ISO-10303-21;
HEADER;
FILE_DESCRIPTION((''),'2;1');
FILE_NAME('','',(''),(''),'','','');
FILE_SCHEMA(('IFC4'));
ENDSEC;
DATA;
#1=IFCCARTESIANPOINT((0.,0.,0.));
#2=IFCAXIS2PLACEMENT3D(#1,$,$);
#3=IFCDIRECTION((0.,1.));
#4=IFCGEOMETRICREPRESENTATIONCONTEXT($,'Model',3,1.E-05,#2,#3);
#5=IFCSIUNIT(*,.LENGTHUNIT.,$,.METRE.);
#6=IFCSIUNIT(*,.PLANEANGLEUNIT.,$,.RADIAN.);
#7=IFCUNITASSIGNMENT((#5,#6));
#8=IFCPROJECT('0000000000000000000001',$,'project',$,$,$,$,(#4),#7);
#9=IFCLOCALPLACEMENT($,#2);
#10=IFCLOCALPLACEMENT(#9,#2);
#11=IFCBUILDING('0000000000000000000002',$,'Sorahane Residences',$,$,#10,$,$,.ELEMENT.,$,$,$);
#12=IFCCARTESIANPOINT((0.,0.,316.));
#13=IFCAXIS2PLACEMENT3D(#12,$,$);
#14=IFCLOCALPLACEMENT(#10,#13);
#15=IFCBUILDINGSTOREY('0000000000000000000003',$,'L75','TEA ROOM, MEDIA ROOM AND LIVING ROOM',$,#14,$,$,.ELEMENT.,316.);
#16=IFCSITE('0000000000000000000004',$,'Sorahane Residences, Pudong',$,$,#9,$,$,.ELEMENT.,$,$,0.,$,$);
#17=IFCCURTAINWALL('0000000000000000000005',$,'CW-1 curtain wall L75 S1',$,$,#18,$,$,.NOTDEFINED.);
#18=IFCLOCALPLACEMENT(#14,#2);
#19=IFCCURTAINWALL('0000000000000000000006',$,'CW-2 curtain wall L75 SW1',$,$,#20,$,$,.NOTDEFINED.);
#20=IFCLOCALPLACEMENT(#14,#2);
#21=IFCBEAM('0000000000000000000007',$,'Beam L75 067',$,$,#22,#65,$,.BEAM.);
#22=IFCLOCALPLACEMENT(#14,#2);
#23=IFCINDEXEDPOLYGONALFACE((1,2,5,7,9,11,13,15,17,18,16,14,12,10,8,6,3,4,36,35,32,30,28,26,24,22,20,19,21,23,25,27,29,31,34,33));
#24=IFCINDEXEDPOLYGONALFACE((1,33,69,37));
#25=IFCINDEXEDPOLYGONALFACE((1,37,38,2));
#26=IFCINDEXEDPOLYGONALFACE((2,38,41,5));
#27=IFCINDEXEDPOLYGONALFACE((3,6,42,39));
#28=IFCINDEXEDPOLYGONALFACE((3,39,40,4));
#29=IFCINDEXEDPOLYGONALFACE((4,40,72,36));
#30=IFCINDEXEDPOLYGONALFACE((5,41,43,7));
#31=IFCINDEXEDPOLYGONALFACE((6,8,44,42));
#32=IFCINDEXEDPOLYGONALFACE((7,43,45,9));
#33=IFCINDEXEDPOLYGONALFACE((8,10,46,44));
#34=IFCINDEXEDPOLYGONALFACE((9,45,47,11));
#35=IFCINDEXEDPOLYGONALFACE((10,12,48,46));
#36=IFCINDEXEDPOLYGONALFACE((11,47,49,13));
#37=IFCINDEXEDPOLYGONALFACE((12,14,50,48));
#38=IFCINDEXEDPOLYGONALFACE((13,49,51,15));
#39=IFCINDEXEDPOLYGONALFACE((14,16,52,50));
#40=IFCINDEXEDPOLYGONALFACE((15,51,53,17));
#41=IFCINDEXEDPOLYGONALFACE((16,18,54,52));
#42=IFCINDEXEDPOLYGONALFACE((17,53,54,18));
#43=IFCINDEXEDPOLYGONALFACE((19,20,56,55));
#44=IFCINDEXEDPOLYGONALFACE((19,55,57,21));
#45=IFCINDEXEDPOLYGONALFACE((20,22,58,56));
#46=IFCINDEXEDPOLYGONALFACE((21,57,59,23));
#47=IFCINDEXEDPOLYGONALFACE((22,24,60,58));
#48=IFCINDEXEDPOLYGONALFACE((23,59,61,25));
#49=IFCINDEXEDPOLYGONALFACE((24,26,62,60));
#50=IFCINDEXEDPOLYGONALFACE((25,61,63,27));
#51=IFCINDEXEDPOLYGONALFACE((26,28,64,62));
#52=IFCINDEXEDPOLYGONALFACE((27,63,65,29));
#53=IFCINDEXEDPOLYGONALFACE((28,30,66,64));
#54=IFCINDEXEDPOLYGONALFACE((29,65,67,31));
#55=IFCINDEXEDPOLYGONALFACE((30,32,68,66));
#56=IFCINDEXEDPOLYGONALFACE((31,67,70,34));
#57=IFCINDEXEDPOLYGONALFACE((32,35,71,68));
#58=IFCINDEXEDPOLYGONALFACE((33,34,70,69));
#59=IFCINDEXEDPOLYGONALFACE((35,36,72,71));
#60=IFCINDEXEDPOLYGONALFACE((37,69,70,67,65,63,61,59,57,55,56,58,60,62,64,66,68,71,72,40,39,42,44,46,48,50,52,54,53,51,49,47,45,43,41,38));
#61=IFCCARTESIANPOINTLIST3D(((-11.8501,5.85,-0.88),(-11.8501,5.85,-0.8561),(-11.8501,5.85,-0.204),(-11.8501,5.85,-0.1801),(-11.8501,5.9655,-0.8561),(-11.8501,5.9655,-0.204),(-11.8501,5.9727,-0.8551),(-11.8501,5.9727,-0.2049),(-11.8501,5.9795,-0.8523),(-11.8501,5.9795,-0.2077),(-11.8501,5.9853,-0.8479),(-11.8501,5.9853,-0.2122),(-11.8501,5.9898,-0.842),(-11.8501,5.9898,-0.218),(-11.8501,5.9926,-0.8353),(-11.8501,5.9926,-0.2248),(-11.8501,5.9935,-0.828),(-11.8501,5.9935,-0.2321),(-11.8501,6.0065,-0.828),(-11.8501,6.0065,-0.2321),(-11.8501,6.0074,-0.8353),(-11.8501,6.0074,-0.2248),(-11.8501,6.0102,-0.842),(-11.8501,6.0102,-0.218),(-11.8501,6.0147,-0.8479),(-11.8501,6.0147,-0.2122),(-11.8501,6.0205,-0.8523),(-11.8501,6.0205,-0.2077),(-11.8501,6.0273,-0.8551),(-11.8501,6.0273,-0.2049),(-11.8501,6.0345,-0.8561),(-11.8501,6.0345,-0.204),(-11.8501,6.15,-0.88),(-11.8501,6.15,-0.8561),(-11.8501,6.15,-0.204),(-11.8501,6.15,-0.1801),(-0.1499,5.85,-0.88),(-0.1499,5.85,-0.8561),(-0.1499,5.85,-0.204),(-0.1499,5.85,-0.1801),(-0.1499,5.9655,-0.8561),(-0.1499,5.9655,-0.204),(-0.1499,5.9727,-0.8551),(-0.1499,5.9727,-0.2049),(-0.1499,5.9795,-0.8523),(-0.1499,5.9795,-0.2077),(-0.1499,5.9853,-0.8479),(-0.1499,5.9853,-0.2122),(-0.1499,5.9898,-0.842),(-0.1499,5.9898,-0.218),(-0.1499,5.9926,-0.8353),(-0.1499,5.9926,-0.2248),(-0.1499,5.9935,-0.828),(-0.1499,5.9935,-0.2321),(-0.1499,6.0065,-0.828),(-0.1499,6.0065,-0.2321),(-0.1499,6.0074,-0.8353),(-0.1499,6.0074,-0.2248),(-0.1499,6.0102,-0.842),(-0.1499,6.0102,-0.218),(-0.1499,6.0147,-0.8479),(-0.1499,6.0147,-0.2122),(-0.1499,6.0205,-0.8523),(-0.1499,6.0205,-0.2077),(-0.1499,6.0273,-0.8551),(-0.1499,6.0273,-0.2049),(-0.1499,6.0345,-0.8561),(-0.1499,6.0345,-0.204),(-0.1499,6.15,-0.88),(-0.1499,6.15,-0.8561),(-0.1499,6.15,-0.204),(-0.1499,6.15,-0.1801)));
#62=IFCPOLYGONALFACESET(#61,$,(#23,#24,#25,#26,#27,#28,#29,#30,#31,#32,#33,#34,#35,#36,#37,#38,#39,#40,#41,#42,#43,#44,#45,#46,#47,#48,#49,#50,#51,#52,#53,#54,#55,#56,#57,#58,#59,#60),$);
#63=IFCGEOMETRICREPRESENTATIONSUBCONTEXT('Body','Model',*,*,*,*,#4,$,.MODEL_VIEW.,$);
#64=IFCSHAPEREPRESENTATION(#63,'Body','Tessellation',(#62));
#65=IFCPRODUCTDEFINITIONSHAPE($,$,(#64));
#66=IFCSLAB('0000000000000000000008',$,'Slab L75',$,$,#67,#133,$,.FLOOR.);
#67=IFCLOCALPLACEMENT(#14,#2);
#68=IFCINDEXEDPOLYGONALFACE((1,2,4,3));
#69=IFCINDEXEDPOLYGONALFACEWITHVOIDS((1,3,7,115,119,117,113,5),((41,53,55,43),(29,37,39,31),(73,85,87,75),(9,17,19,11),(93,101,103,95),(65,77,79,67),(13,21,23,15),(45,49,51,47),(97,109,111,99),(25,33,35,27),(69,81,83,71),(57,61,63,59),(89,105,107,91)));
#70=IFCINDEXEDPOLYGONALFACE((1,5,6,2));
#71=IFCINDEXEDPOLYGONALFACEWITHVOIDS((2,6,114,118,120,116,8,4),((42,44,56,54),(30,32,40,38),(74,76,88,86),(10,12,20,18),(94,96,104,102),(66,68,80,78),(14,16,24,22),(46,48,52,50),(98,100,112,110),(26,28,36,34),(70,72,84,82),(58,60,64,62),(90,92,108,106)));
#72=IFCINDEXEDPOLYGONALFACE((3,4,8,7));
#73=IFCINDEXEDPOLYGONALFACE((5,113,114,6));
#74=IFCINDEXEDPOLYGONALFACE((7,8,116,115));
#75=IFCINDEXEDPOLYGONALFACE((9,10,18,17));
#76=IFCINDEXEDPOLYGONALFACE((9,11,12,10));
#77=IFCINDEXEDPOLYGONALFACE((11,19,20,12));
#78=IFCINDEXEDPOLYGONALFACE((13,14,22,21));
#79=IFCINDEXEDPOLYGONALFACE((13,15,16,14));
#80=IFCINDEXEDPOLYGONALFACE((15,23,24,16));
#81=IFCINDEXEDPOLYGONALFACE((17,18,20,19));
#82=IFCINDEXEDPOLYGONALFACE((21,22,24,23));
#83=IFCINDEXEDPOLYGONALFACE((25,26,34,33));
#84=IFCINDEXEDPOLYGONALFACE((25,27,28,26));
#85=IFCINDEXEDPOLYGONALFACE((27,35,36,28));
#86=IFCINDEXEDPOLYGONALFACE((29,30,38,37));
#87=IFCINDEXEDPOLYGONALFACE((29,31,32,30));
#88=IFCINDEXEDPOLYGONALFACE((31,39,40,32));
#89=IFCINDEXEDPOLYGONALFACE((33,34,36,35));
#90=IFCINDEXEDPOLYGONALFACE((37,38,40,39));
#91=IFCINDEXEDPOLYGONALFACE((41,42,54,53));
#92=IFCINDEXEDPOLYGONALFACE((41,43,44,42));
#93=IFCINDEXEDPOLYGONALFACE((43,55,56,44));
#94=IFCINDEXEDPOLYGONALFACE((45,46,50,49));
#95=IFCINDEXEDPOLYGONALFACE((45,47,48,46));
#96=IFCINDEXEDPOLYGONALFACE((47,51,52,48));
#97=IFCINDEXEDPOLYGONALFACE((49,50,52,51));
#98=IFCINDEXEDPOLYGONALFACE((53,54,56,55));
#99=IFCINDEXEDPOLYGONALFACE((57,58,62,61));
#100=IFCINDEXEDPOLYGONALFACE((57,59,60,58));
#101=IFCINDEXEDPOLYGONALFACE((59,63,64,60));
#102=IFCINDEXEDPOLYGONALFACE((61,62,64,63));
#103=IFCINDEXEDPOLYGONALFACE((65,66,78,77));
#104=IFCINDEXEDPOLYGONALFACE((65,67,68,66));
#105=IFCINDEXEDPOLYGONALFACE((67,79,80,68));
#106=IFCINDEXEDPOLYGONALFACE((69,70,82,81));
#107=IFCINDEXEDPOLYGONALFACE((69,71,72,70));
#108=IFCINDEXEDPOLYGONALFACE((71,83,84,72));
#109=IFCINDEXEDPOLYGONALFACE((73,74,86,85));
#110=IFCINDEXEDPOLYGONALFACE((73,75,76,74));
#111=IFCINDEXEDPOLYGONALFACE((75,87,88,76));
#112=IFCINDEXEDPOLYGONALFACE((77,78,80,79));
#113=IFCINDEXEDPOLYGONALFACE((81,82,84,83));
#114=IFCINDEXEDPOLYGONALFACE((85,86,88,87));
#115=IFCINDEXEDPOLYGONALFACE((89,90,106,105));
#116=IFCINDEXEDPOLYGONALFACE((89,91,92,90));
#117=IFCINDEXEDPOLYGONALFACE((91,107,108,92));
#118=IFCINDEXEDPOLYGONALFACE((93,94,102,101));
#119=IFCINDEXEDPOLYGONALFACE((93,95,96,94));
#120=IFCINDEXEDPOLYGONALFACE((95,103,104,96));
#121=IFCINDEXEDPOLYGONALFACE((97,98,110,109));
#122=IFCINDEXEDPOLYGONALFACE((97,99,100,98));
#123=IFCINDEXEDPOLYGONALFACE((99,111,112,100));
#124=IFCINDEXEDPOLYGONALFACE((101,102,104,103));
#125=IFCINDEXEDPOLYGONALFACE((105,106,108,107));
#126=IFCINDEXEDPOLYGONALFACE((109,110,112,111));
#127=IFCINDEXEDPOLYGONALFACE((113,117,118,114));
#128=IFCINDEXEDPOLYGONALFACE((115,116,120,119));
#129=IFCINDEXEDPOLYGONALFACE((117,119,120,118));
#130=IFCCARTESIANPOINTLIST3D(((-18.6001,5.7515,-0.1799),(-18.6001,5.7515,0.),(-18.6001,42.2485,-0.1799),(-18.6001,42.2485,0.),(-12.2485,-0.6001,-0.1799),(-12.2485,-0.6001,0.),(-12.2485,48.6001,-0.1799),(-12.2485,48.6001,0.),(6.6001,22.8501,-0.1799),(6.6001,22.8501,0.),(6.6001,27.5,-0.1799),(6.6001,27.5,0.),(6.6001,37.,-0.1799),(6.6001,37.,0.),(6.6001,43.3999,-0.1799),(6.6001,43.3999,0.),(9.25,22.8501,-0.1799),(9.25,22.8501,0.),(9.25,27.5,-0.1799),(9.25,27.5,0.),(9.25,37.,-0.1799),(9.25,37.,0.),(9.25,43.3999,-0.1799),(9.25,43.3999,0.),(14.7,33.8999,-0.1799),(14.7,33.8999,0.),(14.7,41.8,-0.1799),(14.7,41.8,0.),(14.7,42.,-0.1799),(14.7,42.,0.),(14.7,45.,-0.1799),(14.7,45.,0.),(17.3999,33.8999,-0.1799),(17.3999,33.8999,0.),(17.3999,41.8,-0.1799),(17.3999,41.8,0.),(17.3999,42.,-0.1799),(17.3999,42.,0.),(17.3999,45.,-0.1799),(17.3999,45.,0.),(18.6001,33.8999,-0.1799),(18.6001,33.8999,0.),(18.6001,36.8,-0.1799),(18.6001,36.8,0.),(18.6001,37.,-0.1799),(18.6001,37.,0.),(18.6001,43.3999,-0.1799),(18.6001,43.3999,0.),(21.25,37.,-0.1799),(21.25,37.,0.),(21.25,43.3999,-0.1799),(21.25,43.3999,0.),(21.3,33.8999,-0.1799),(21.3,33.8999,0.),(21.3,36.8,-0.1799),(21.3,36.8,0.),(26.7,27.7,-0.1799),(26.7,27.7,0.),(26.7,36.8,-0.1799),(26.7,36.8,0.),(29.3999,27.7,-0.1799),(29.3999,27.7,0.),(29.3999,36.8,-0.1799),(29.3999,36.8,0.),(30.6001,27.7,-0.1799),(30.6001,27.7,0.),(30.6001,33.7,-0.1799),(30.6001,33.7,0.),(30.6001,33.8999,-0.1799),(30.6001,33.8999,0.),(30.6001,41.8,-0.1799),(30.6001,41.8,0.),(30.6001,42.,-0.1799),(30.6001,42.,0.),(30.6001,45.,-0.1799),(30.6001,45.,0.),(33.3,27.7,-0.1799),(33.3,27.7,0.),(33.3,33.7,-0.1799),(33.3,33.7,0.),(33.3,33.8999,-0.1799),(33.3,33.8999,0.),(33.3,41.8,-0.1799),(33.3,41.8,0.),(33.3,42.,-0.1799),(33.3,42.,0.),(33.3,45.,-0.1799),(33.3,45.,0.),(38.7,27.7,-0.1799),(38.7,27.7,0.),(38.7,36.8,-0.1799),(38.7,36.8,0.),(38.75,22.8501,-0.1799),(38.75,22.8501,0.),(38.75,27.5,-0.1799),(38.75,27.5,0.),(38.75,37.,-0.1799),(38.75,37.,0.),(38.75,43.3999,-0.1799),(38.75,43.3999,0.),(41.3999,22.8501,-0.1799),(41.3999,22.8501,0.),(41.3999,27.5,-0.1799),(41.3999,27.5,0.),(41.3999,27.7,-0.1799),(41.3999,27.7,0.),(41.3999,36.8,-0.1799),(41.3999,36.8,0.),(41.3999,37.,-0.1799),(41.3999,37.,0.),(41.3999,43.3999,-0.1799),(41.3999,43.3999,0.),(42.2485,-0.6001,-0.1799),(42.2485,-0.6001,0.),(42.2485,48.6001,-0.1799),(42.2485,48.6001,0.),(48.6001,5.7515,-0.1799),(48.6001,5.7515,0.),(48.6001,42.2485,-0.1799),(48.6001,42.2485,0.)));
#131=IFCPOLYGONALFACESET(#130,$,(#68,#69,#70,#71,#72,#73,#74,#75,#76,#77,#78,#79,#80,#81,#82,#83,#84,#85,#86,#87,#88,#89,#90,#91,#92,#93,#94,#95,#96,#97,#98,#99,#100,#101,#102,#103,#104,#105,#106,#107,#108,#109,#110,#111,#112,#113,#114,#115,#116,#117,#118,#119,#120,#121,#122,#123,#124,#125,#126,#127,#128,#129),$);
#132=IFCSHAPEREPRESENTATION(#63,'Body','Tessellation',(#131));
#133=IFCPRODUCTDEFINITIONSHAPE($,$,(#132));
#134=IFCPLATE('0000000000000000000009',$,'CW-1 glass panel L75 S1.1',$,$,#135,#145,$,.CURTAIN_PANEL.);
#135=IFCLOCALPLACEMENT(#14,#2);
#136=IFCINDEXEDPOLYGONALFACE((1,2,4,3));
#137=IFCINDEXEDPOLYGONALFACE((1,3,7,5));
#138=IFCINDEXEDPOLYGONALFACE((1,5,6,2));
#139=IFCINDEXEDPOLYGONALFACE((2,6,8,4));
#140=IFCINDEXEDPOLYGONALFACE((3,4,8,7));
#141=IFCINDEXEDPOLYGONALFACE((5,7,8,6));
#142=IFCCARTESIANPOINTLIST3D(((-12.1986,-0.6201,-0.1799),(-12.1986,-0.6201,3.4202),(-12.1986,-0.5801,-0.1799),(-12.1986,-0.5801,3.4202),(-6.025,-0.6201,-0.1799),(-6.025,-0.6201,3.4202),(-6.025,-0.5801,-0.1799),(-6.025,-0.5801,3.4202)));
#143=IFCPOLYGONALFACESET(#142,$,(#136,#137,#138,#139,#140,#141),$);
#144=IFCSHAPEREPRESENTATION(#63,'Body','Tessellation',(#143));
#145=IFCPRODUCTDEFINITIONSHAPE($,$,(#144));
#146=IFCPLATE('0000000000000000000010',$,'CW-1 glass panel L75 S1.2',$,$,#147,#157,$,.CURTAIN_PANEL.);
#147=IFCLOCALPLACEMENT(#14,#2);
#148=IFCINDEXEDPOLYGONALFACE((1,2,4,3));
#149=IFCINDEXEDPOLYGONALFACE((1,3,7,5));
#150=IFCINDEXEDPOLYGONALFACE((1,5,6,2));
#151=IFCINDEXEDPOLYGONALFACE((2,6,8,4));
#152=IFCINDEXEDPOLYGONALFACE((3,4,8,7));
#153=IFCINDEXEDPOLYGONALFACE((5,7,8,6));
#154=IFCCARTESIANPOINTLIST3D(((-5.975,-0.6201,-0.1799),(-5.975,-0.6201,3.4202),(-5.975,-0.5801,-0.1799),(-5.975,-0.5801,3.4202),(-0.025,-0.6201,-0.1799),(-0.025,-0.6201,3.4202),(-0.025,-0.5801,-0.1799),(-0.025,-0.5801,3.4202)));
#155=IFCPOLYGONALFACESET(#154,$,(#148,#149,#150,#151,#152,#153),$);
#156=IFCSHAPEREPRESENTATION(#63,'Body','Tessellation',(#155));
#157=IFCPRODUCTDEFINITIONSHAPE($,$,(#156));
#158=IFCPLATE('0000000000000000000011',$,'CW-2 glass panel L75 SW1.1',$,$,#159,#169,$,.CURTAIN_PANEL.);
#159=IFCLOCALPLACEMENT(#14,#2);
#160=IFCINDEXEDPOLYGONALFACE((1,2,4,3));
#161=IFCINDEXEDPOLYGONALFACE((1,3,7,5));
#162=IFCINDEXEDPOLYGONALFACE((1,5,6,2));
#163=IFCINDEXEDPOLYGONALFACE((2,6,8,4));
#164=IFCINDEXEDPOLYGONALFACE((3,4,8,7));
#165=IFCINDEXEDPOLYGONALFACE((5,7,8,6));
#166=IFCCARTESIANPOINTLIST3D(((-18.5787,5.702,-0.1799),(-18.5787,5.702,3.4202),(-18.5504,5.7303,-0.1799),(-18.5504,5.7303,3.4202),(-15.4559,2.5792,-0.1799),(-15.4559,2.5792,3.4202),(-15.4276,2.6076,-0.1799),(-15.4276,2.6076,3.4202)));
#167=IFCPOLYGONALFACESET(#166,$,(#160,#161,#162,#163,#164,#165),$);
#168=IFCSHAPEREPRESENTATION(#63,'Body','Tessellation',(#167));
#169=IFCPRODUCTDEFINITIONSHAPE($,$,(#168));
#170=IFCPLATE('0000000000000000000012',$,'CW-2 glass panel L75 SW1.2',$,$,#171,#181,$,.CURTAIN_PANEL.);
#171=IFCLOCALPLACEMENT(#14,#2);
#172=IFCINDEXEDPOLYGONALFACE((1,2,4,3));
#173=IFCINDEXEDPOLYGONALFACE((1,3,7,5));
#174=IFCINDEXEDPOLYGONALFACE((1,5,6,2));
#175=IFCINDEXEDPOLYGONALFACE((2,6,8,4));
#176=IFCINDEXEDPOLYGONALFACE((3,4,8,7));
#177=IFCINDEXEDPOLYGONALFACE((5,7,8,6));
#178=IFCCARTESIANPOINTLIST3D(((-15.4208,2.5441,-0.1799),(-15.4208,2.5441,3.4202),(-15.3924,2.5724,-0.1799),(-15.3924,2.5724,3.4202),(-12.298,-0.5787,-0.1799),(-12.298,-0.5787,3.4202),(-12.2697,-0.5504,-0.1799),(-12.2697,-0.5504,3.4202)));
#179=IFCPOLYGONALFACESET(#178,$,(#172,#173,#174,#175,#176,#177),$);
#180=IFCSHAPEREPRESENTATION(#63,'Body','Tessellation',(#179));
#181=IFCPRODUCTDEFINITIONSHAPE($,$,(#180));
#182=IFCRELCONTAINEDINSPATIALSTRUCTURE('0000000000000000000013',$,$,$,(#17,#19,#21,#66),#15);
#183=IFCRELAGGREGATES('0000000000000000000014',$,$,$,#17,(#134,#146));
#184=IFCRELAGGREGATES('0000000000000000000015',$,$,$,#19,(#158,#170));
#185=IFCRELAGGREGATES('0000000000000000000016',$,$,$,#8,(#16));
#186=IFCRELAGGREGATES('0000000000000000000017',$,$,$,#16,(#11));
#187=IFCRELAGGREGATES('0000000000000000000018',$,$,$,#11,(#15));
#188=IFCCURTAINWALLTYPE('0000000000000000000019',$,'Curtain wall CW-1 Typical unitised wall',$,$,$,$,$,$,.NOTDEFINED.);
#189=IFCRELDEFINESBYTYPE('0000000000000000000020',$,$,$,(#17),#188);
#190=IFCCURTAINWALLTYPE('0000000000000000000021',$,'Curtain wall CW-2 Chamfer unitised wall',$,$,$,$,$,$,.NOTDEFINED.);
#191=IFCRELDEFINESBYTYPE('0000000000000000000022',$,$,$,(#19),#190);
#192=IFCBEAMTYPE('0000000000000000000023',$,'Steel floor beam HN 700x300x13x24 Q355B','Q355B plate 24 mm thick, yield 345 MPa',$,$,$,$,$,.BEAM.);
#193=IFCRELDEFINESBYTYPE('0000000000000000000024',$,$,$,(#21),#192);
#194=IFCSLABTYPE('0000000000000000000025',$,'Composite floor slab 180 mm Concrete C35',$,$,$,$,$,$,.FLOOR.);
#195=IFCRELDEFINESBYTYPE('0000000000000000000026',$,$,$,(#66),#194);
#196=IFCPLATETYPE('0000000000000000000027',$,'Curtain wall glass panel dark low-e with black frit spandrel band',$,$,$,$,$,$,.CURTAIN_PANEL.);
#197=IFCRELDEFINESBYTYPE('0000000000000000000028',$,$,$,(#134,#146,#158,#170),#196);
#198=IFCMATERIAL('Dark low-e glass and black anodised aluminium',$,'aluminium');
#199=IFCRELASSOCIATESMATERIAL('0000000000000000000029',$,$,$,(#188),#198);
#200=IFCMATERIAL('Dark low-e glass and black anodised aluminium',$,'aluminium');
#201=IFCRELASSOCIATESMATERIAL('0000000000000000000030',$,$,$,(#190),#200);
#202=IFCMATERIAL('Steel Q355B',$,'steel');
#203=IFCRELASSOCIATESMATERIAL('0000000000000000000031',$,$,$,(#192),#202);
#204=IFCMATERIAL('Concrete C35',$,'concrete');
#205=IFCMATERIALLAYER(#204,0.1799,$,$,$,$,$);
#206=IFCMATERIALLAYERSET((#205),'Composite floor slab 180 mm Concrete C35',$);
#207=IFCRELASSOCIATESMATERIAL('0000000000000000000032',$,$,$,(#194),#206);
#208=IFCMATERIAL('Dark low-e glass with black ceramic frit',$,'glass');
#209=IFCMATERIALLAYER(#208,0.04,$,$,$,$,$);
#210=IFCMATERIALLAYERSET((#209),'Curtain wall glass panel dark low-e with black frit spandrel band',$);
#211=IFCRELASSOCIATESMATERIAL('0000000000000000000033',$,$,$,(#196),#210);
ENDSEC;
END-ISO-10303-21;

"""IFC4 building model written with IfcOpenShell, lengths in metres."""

from ifc_helpers import new_model, si_unit, direction, frame, origin, origin_2d, place, context, subcontext, project, spatial, polyline, rectangle, i_section, outline, extrude, material, layer, layer_set, material_profile, profile_set, type_object, element, aggregate, save


model = new_model("IFC4")

# Units and contexts
model_context = context("Model", 3, precision=1e-05, world=origin(), true_north=direction((0.0, 1.0)))
body_context = subcontext(model_context, "Body", "Model", "MODEL_VIEW")
ifc_project = project(units=[si_unit("LENGTHUNIT", "METRE"), si_unit("PLANEANGLEUNIT", "RADIAN")], contexts=[model_context])

# Site, building, storey
site_placement = place(None, origin())
site = spatial("IfcSite", under=ifc_project, at=site_placement, Name="Sorahane Residences, Pudong", CompositionType="ELEMENT", RefElevation=0.0)
building_placement = place(site_placement, origin())
building = spatial("IfcBuilding", under=site, at=building_placement, Name="Sorahane Residences", CompositionType="ELEMENT")
storey_placement = place(building_placement, frame((0.0, 0.0, 316.0)))
storey = spatial("IfcBuildingStorey", under=building, at=storey_placement, Name="L75", Description="TEA ROOM, MEDIA ROOM AND LIVING ROOM", CompositionType="ELEMENT", Elevation=316.0)

# Curtain wall
ifc_material_1 = material(Name="Dark low-e glass and black anodised aluminium", Category="aluminium")
curtain_wall_type_1 = type_object("IfcCurtainWallType", Name="Curtain wall CW-1 Typical unitised wall", PredefinedType="NOTDEFINED", material=ifc_material_1)
curtain_wall_1_placement = place(storey_placement, origin())
curtain_wall_1 = element("IfcCurtainWall", 1, at=curtain_wall_1_placement, inside=storey, type_object=curtain_wall_type_1, Name="CW-1 curtain wall L75 S1", PredefinedType="NOTDEFINED")

# Curtain wall
ifc_material_2 = material(Name="Dark low-e glass and black anodised aluminium", Category="aluminium")
curtain_wall_type_2 = type_object("IfcCurtainWallType", Name="Curtain wall CW-2 Chamfer unitised wall", PredefinedType="NOTDEFINED", material=ifc_material_2)
curtain_wall_2_placement = place(storey_placement, origin())
curtain_wall_2 = element("IfcCurtainWall", 2, at=curtain_wall_2_placement, inside=storey, type_object=curtain_wall_type_2, Name="CW-2 curtain wall L75 SW1", PredefinedType="NOTDEFINED")

# Beam
ifc_material_3 = material(Name="Steel Q355B", Category="steel")
ifc_material_profile_1 = material_profile(ifc_material_3, i_section(OverallWidth=0.3, OverallDepth=0.7, WebThickness=0.0129, FlangeThickness=0.0239, FilletRadius=0.0281, at=origin_2d()), Name="HN 700x300x13x24")
ifc_profile_set_1 = profile_set([ifc_material_profile_1], Name="Steel Q355B")
beam_type_1 = type_object("IfcBeamType", Name="Steel floor beam HN 700x300x13x24 Q355B", Description="Q355B plate 24 mm thick, yield 345 MPa", PredefinedType="BEAM", material=ifc_profile_set_1)
beam_1_placement = place(storey_placement, frame((-11.8501, 6.0, -0.53), z_axis=(1.0, 0.0, 0.0), x_axis=(0.0, 1.0, 0.0)))
element("IfcBeam", 3, at=beam_1_placement, inside=storey, type_object=beam_type_1, Name="Beam L75 067", PredefinedType="BEAM", context=body_context, shape_type="SweptSolid", body=[
    extrude(i_section(OverallWidth=0.3, OverallDepth=0.7, WebThickness=0.0129, FlangeThickness=0.0239, FilletRadius=0.0281, at=origin_2d()), origin(), (0.0, 0.0, 1.0), 11.7002),
])

# Slab
ifc_material_4 = material(Name="Concrete C35", Category="concrete")
ifc_layer_1 = layer(ifc_material_4, 0.1799)
ifc_layer_set_1 = layer_set([ifc_layer_1], Name="Composite floor slab 180 mm Concrete C35")
slab_type = type_object("IfcSlabType", Name="Composite floor slab 180 mm Concrete C35", PredefinedType="FLOOR", material=ifc_layer_set_1)
slab_placement = place(storey_placement, frame((0.0, 0.0, -0.1799)))
element("IfcSlab", 4, at=slab_placement, inside=storey, type_object=slab_type, Name="Slab L75", PredefinedType="FLOOR", context=body_context, shape_type="SweptSolid", body=[
    extrude(outline(polyline([(-12.2485, -0.6001), (-18.6001, 5.7515), (-18.6001, 42.2485), (-12.2485, 48.6001), (42.2485, 48.6001), (48.6001, 42.2485), (48.6001, 5.7515), (42.2485, -0.6001), (-12.2485, -0.6001)]), holes=[polyline([(38.7, 27.7), (41.3999, 27.7), (41.3999, 36.8), (38.7, 36.8), (38.7, 27.7)]), polyline([(30.6001, 27.7), (33.3, 27.7), (33.3, 33.7), (30.6001, 33.7), (30.6001, 27.7)]), polyline([(30.6001, 42.0), (33.3, 42.0), (33.3, 45.0), (30.6001, 45.0), (30.6001, 42.0)]), polyline([(14.7, 42.0), (17.3999, 42.0), (17.3999, 45.0), (14.7, 45.0), (14.7, 42.0)]), polyline([(6.6001, 43.3999), (6.6001, 37.0), (9.25, 37.0), (9.25, 43.3999), (6.6001, 43.3999)]), polyline([(38.75, 43.3999), (38.75, 37.0), (41.3999, 37.0), (41.3999, 43.3999), (38.75, 43.3999)]), polyline([(18.6001, 43.3999), (18.6001, 37.0), (21.25, 37.0), (21.25, 43.3999), (18.6001, 43.3999)]), polyline([(9.25, 22.8501), (9.25, 27.5), (6.6001, 27.5), (6.6001, 22.8501), (9.25, 22.8501)]), polyline([(41.3999, 22.8501), (41.3999, 27.5), (38.75, 27.5), (38.75, 22.8501), (41.3999, 22.8501)]), polyline([(14.7, 33.8999), (17.3999, 33.8999), (17.3999, 41.8), (14.7, 41.8), (14.7, 33.8999)]), polyline([(30.6001, 33.8999), (33.3, 33.8999), (33.3, 41.8), (30.6001, 41.8), (30.6001, 33.8999)]), polyline([(18.6001, 33.8999), (21.3, 33.8999), (21.3, 36.8), (18.6001, 36.8), (18.6001, 33.8999)]), polyline([(26.7, 27.7), (29.3999, 27.7), (29.3999, 36.8), (26.7, 36.8), (26.7, 27.7)])]), origin(), (0.0, 0.0, 1.0), 0.1799),
])

# Plates
ifc_material_5 = material(Name="Dark low-e glass with black ceramic frit", Category="glass")
ifc_layer_2 = layer(ifc_material_5, 0.04)
ifc_layer_set_2 = layer_set([ifc_layer_2], Name="Curtain wall glass panel dark low-e with black frit spandrel band")
plate_type = type_object("IfcPlateType", Name="Curtain wall glass panel dark low-e with black frit spandrel band", PredefinedType="CURTAIN_PANEL", material=ifc_layer_set_2)
plate_1_placement = place(storey_placement, frame((-9.1118, -0.6001, -0.1799), z_axis=(0.0, 0.0, 1.0), x_axis=(1.0, 0.0, 0.0)))
plate_1 = element("IfcPlate", 5, at=plate_1_placement, type_object=plate_type, Name="CW-1 glass panel L75 S1.1", PredefinedType="CURTAIN_PANEL", context=body_context, shape_type="SweptSolid", body=[
    extrude(rectangle(XDim=6.1736, YDim=0.04, at=origin_2d()), origin(), (0.0, 0.0, 1.0), 3.6001),
])
plate_2_placement = place(storey_placement, frame((-3.0, -0.6001, -0.1799), z_axis=(0.0, 0.0, 1.0), x_axis=(1.0, 0.0, 0.0)))
plate_2 = element("IfcPlate", 6, at=plate_2_placement, type_object=plate_type, Name="CW-1 glass panel L75 S1.2", PredefinedType="CURTAIN_PANEL", context=body_context, shape_type="SweptSolid", body=[
    extrude(rectangle(XDim=5.95, YDim=0.04, at=origin_2d()), origin(), (0.0, 0.0, 1.0), 3.6001),
])
aggregate(curtain_wall_1, [plate_1, plate_2])
plate_3_placement = place(storey_placement, frame((-17.0032, 4.1548, -0.1799), z_axis=(0.0, 0.0, 1.0), x_axis=(0.707107, -0.707107, 0.0)))
plate_3 = element("IfcPlate", 7, at=plate_3_placement, type_object=plate_type, Name="CW-2 glass panel L75 SW1.1", PredefinedType="CURTAIN_PANEL", context=body_context, shape_type="SweptSolid", body=[
    extrude(rectangle(XDim=4.4163, YDim=0.04, at=origin_2d()), origin(), (0.0, 0.0, 1.0), 3.6001),
])
plate_4_placement = place(storey_placement, frame((-13.8452, 0.9968, -0.1799), z_axis=(0.0, 0.0, 1.0), x_axis=(0.707107, -0.707107, 0.0)))
plate_4 = element("IfcPlate", 8, at=plate_4_placement, type_object=plate_type, Name="CW-2 glass panel L75 SW1.2", PredefinedType="CURTAIN_PANEL", context=body_context, shape_type="SweptSolid", body=[
    extrude(rectangle(XDim=4.4163, YDim=0.04, at=origin_2d()), origin(), (0.0, 0.0, 1.0), 3.6001),
])
aggregate(curtain_wall_2, [plate_3, plate_4])

save(model, "model.ifc")
